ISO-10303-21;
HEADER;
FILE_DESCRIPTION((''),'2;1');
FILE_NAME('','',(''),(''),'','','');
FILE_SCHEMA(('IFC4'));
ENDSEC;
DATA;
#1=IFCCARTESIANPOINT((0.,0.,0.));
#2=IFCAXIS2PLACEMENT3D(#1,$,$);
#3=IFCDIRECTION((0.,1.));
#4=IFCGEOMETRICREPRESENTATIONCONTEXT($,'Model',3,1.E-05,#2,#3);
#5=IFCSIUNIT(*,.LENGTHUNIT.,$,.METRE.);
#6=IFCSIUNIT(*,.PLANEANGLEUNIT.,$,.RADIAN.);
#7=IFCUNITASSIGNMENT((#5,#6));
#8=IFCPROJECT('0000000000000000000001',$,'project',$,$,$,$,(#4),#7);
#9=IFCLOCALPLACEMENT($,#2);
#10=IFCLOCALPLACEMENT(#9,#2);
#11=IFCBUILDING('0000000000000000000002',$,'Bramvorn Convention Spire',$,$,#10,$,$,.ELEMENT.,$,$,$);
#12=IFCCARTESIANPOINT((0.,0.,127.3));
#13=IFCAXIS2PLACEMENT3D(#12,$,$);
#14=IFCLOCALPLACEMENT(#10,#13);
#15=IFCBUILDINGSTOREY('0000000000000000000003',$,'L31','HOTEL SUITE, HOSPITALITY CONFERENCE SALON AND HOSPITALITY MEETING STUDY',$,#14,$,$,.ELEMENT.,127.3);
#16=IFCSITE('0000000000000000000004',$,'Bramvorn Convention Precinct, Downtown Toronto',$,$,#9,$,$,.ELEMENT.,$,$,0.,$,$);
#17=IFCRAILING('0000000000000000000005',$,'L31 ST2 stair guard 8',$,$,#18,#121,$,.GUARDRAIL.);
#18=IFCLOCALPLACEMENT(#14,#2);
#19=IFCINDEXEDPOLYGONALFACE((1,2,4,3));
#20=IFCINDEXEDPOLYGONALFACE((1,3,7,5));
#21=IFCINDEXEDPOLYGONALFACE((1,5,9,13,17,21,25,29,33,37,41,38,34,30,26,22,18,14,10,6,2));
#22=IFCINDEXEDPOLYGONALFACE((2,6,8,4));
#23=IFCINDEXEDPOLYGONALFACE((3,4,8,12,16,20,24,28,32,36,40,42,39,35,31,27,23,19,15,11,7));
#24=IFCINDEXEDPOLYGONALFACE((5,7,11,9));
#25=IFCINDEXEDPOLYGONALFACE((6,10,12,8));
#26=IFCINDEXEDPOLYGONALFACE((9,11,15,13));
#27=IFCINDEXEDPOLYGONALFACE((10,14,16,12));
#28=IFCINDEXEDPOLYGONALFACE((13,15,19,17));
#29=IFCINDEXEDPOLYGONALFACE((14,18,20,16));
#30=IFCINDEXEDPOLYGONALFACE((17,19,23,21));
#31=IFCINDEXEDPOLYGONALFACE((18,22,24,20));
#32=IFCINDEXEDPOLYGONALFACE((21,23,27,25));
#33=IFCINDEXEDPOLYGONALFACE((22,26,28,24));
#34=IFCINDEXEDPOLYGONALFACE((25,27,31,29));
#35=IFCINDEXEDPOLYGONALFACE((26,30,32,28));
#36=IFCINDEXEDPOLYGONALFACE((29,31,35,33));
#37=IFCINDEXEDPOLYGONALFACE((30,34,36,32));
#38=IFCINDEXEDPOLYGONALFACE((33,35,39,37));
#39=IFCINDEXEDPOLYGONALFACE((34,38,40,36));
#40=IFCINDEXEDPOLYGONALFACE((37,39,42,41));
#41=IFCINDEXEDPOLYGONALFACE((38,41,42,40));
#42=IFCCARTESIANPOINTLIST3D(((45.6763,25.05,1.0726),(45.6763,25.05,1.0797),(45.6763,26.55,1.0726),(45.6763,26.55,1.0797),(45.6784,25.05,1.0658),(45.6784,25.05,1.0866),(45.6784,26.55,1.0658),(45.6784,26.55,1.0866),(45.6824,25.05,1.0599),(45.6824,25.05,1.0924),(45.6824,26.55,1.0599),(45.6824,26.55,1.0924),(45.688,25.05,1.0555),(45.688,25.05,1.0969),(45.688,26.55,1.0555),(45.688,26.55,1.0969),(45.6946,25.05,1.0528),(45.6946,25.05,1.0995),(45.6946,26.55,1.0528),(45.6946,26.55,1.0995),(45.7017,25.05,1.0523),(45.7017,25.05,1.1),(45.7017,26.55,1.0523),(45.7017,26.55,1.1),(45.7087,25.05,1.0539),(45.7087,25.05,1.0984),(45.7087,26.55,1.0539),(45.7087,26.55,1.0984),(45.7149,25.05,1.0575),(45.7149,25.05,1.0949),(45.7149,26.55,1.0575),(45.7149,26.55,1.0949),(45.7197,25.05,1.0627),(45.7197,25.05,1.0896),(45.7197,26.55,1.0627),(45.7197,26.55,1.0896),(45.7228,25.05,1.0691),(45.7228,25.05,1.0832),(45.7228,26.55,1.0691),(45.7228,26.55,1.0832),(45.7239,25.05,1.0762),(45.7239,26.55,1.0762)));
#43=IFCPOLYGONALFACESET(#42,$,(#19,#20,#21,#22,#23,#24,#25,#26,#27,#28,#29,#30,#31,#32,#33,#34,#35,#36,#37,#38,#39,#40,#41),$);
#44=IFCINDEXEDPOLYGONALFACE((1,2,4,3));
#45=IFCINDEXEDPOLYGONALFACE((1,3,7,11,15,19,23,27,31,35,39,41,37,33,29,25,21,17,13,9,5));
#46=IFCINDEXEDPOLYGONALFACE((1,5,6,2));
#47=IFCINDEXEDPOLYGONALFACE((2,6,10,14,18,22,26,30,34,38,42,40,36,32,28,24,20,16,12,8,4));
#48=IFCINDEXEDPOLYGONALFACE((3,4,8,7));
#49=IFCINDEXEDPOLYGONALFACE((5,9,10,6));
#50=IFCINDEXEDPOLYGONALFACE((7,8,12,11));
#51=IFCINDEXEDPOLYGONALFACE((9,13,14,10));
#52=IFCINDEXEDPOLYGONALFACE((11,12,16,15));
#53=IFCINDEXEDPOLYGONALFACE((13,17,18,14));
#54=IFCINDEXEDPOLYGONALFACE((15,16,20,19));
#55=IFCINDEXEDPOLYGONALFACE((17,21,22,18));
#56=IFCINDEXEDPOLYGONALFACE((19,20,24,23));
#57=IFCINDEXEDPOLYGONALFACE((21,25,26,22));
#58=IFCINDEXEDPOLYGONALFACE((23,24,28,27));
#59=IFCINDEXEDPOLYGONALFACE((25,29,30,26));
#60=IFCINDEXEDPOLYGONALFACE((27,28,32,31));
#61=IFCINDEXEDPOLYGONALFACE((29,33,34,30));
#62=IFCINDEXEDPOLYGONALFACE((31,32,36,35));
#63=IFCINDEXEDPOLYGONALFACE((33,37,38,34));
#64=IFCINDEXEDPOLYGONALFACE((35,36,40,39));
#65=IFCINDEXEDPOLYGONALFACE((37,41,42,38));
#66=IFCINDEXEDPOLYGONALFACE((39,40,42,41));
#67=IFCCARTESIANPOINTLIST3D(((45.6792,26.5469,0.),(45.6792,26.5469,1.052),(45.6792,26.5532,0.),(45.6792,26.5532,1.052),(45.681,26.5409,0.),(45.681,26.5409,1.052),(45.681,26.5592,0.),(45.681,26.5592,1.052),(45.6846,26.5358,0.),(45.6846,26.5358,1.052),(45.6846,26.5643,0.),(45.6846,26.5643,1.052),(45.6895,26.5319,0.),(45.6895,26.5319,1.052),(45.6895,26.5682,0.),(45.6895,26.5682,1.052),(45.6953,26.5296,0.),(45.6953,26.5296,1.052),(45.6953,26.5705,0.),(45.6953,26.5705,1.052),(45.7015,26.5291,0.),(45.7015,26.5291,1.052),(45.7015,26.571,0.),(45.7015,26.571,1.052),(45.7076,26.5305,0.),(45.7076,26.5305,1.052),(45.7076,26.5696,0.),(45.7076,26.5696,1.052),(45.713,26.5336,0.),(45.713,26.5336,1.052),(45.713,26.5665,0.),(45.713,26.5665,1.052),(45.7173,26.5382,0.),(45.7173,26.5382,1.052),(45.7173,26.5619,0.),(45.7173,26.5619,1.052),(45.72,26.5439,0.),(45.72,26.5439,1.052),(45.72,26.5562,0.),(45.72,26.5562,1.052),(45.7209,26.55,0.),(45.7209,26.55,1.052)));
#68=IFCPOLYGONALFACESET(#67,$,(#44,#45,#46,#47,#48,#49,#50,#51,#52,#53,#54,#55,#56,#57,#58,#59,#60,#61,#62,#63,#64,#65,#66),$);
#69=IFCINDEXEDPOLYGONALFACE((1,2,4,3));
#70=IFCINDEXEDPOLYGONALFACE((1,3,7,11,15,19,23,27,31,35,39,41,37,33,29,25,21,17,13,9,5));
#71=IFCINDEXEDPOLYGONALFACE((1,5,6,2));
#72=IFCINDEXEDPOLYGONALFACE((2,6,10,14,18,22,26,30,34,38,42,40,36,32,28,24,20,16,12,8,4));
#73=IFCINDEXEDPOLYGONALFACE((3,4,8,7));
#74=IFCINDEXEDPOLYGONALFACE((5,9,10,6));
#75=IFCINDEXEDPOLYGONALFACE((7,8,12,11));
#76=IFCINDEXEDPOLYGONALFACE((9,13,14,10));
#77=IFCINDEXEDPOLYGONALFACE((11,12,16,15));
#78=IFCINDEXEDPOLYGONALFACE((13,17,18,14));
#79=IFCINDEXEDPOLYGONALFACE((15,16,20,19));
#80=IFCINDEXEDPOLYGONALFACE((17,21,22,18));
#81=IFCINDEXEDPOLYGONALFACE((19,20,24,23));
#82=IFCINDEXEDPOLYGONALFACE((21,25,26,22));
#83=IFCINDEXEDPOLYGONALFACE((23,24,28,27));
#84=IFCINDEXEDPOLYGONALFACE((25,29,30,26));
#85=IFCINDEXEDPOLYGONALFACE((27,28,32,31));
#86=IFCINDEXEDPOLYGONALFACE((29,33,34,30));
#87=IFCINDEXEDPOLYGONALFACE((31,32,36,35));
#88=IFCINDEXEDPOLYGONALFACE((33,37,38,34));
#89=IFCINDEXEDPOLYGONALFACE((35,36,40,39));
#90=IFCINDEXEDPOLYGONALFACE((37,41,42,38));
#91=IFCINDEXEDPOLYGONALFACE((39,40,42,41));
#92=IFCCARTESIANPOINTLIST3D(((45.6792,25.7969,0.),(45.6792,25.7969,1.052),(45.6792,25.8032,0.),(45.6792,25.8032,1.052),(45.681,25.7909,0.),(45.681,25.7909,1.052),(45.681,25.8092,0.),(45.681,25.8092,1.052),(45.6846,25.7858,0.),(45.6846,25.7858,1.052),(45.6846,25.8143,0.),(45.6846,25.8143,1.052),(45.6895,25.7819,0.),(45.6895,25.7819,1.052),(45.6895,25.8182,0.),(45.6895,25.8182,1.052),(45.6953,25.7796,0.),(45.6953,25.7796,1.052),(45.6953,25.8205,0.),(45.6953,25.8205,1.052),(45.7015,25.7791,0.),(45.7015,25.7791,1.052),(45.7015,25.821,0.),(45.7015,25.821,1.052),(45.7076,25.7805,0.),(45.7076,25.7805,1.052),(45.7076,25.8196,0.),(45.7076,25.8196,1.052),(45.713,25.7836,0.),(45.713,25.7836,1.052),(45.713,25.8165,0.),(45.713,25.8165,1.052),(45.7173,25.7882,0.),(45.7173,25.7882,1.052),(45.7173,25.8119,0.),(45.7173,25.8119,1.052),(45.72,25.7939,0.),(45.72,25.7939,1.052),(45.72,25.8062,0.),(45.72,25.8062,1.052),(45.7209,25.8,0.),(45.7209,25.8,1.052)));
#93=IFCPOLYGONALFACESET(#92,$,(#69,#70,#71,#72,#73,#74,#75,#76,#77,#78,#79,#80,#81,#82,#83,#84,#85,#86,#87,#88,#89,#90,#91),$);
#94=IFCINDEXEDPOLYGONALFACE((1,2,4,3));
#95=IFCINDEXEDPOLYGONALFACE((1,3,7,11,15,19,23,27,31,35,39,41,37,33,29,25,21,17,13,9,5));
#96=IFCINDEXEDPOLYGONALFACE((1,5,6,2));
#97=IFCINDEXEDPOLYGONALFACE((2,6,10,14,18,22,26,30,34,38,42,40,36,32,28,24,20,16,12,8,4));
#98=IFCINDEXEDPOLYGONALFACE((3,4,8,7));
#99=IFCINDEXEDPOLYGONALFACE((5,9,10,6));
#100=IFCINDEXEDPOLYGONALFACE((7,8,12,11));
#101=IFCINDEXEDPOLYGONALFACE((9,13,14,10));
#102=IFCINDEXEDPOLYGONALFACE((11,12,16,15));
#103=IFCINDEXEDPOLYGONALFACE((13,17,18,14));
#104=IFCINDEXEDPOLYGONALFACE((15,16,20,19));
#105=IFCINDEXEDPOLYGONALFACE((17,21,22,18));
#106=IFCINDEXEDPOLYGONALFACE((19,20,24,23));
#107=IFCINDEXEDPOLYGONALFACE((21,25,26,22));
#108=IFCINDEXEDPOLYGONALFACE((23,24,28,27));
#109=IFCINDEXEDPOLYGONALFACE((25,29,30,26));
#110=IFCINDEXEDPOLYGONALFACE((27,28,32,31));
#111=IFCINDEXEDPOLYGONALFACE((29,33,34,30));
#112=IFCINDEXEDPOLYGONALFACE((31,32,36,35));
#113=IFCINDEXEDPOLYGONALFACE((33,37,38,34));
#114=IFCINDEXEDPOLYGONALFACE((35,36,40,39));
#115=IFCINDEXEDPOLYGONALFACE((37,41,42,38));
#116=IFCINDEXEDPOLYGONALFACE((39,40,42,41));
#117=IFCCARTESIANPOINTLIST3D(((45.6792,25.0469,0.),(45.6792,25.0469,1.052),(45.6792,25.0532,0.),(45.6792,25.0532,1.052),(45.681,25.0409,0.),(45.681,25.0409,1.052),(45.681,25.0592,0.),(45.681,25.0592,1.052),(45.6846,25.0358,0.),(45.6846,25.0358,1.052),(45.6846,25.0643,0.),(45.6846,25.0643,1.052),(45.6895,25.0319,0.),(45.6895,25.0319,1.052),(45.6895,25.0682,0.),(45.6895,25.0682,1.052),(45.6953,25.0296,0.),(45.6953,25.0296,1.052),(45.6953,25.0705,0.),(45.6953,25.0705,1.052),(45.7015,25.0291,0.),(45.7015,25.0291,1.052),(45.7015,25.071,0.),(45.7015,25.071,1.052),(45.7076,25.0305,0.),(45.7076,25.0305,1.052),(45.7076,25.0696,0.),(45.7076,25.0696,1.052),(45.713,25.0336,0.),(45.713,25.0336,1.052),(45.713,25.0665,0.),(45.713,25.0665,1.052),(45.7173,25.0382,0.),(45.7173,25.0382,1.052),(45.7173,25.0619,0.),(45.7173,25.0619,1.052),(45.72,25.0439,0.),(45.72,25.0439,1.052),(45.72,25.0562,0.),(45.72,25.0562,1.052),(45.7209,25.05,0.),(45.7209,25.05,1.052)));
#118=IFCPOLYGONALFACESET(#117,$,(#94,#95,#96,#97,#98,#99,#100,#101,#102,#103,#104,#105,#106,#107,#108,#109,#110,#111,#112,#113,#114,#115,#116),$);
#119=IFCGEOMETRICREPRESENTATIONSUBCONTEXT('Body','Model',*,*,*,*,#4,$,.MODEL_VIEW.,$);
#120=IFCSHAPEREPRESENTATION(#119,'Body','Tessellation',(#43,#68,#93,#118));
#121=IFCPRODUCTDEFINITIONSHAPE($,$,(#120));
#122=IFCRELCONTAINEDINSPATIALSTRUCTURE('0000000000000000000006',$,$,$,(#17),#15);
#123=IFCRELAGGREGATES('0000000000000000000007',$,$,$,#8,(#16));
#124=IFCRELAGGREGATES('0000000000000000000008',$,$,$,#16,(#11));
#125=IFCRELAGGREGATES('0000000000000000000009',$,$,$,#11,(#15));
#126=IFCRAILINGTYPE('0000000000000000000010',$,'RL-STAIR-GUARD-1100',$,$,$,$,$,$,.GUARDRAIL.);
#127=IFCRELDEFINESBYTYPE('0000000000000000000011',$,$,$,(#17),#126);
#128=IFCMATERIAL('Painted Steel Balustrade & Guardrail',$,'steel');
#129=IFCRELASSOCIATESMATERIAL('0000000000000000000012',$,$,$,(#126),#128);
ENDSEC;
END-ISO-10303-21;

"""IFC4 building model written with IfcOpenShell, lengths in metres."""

from ifc_helpers import new_model, si_unit, direction, frame, origin, origin_2d, place, context, subcontext, project, spatial, circle, extrude, material, type_object, element, save


model = new_model("IFC4")

# Units and contexts
model_context = context("Model", 3, precision=1e-05, world=origin(), true_north=direction((0.0, 1.0)))
body_context = subcontext(model_context, "Body", "Model", "MODEL_VIEW")
ifc_project = project(units=[si_unit("LENGTHUNIT", "METRE"), si_unit("PLANEANGLEUNIT", "RADIAN")], contexts=[model_context])

# Site, building, storey
site_placement = place(None, origin())
site = spatial("IfcSite", under=ifc_project, at=site_placement, Name="Bramvorn Convention Precinct, Downtown Toronto", CompositionType="ELEMENT", RefElevation=0.0)
building_placement = place(site_placement, origin())
building = spatial("IfcBuilding", under=site, at=building_placement, Name="Bramvorn Convention Spire", CompositionType="ELEMENT")
storey_placement = place(building_placement, frame((0.0, 0.0, 127.3)))
storey = spatial("IfcBuildingStorey", under=building, at=storey_placement, Name="L31", Description="HOTEL SUITE, HOSPITALITY CONFERENCE SALON AND HOSPITALITY MEETING STUDY", CompositionType="ELEMENT", Elevation=127.3)

# Railing
ifc_material_1 = material(Name="Painted Steel Balustrade & Guardrail", Category="steel")
railing_type_1 = type_object("IfcRailingType", Name="RL-STAIR-GUARD-1100", PredefinedType="GUARDRAIL", material=ifc_material_1)
railing_1_placement = place(storey_placement, frame((45.7, 26.55, 0.0)))
element("IfcRailing", 1, at=railing_1_placement, inside=storey, type_object=railing_type_1, Name="L31 ST2 stair guard 8", PredefinedType="GUARDRAIL", context=body_context, shape_type="SweptSolid", body=[
    extrude(circle(Radius=0.0239, at=origin_2d()), frame((0.0, 0.0, 1.0762), z_axis=(0.0, -1.0, 0.0), x_axis=(1.0, 0.0, 0.0)), (0.0, 0.0, 1.0), 1.5),
    extrude(circle(Radius=0.021, at=origin_2d()), origin(), (0.0, 0.0, 1.0), 1.052),
    extrude(circle(Radius=0.021, at=origin_2d()), frame((0.0, -0.75, 0.0)), (0.0, 0.0, 1.0), 1.052),
    extrude(circle(Radius=0.021, at=origin_2d()), frame((0.0, -1.5, 0.0)), (0.0, 0.0, 1.0), 1.052),
])

save(model, "model.ifc")
